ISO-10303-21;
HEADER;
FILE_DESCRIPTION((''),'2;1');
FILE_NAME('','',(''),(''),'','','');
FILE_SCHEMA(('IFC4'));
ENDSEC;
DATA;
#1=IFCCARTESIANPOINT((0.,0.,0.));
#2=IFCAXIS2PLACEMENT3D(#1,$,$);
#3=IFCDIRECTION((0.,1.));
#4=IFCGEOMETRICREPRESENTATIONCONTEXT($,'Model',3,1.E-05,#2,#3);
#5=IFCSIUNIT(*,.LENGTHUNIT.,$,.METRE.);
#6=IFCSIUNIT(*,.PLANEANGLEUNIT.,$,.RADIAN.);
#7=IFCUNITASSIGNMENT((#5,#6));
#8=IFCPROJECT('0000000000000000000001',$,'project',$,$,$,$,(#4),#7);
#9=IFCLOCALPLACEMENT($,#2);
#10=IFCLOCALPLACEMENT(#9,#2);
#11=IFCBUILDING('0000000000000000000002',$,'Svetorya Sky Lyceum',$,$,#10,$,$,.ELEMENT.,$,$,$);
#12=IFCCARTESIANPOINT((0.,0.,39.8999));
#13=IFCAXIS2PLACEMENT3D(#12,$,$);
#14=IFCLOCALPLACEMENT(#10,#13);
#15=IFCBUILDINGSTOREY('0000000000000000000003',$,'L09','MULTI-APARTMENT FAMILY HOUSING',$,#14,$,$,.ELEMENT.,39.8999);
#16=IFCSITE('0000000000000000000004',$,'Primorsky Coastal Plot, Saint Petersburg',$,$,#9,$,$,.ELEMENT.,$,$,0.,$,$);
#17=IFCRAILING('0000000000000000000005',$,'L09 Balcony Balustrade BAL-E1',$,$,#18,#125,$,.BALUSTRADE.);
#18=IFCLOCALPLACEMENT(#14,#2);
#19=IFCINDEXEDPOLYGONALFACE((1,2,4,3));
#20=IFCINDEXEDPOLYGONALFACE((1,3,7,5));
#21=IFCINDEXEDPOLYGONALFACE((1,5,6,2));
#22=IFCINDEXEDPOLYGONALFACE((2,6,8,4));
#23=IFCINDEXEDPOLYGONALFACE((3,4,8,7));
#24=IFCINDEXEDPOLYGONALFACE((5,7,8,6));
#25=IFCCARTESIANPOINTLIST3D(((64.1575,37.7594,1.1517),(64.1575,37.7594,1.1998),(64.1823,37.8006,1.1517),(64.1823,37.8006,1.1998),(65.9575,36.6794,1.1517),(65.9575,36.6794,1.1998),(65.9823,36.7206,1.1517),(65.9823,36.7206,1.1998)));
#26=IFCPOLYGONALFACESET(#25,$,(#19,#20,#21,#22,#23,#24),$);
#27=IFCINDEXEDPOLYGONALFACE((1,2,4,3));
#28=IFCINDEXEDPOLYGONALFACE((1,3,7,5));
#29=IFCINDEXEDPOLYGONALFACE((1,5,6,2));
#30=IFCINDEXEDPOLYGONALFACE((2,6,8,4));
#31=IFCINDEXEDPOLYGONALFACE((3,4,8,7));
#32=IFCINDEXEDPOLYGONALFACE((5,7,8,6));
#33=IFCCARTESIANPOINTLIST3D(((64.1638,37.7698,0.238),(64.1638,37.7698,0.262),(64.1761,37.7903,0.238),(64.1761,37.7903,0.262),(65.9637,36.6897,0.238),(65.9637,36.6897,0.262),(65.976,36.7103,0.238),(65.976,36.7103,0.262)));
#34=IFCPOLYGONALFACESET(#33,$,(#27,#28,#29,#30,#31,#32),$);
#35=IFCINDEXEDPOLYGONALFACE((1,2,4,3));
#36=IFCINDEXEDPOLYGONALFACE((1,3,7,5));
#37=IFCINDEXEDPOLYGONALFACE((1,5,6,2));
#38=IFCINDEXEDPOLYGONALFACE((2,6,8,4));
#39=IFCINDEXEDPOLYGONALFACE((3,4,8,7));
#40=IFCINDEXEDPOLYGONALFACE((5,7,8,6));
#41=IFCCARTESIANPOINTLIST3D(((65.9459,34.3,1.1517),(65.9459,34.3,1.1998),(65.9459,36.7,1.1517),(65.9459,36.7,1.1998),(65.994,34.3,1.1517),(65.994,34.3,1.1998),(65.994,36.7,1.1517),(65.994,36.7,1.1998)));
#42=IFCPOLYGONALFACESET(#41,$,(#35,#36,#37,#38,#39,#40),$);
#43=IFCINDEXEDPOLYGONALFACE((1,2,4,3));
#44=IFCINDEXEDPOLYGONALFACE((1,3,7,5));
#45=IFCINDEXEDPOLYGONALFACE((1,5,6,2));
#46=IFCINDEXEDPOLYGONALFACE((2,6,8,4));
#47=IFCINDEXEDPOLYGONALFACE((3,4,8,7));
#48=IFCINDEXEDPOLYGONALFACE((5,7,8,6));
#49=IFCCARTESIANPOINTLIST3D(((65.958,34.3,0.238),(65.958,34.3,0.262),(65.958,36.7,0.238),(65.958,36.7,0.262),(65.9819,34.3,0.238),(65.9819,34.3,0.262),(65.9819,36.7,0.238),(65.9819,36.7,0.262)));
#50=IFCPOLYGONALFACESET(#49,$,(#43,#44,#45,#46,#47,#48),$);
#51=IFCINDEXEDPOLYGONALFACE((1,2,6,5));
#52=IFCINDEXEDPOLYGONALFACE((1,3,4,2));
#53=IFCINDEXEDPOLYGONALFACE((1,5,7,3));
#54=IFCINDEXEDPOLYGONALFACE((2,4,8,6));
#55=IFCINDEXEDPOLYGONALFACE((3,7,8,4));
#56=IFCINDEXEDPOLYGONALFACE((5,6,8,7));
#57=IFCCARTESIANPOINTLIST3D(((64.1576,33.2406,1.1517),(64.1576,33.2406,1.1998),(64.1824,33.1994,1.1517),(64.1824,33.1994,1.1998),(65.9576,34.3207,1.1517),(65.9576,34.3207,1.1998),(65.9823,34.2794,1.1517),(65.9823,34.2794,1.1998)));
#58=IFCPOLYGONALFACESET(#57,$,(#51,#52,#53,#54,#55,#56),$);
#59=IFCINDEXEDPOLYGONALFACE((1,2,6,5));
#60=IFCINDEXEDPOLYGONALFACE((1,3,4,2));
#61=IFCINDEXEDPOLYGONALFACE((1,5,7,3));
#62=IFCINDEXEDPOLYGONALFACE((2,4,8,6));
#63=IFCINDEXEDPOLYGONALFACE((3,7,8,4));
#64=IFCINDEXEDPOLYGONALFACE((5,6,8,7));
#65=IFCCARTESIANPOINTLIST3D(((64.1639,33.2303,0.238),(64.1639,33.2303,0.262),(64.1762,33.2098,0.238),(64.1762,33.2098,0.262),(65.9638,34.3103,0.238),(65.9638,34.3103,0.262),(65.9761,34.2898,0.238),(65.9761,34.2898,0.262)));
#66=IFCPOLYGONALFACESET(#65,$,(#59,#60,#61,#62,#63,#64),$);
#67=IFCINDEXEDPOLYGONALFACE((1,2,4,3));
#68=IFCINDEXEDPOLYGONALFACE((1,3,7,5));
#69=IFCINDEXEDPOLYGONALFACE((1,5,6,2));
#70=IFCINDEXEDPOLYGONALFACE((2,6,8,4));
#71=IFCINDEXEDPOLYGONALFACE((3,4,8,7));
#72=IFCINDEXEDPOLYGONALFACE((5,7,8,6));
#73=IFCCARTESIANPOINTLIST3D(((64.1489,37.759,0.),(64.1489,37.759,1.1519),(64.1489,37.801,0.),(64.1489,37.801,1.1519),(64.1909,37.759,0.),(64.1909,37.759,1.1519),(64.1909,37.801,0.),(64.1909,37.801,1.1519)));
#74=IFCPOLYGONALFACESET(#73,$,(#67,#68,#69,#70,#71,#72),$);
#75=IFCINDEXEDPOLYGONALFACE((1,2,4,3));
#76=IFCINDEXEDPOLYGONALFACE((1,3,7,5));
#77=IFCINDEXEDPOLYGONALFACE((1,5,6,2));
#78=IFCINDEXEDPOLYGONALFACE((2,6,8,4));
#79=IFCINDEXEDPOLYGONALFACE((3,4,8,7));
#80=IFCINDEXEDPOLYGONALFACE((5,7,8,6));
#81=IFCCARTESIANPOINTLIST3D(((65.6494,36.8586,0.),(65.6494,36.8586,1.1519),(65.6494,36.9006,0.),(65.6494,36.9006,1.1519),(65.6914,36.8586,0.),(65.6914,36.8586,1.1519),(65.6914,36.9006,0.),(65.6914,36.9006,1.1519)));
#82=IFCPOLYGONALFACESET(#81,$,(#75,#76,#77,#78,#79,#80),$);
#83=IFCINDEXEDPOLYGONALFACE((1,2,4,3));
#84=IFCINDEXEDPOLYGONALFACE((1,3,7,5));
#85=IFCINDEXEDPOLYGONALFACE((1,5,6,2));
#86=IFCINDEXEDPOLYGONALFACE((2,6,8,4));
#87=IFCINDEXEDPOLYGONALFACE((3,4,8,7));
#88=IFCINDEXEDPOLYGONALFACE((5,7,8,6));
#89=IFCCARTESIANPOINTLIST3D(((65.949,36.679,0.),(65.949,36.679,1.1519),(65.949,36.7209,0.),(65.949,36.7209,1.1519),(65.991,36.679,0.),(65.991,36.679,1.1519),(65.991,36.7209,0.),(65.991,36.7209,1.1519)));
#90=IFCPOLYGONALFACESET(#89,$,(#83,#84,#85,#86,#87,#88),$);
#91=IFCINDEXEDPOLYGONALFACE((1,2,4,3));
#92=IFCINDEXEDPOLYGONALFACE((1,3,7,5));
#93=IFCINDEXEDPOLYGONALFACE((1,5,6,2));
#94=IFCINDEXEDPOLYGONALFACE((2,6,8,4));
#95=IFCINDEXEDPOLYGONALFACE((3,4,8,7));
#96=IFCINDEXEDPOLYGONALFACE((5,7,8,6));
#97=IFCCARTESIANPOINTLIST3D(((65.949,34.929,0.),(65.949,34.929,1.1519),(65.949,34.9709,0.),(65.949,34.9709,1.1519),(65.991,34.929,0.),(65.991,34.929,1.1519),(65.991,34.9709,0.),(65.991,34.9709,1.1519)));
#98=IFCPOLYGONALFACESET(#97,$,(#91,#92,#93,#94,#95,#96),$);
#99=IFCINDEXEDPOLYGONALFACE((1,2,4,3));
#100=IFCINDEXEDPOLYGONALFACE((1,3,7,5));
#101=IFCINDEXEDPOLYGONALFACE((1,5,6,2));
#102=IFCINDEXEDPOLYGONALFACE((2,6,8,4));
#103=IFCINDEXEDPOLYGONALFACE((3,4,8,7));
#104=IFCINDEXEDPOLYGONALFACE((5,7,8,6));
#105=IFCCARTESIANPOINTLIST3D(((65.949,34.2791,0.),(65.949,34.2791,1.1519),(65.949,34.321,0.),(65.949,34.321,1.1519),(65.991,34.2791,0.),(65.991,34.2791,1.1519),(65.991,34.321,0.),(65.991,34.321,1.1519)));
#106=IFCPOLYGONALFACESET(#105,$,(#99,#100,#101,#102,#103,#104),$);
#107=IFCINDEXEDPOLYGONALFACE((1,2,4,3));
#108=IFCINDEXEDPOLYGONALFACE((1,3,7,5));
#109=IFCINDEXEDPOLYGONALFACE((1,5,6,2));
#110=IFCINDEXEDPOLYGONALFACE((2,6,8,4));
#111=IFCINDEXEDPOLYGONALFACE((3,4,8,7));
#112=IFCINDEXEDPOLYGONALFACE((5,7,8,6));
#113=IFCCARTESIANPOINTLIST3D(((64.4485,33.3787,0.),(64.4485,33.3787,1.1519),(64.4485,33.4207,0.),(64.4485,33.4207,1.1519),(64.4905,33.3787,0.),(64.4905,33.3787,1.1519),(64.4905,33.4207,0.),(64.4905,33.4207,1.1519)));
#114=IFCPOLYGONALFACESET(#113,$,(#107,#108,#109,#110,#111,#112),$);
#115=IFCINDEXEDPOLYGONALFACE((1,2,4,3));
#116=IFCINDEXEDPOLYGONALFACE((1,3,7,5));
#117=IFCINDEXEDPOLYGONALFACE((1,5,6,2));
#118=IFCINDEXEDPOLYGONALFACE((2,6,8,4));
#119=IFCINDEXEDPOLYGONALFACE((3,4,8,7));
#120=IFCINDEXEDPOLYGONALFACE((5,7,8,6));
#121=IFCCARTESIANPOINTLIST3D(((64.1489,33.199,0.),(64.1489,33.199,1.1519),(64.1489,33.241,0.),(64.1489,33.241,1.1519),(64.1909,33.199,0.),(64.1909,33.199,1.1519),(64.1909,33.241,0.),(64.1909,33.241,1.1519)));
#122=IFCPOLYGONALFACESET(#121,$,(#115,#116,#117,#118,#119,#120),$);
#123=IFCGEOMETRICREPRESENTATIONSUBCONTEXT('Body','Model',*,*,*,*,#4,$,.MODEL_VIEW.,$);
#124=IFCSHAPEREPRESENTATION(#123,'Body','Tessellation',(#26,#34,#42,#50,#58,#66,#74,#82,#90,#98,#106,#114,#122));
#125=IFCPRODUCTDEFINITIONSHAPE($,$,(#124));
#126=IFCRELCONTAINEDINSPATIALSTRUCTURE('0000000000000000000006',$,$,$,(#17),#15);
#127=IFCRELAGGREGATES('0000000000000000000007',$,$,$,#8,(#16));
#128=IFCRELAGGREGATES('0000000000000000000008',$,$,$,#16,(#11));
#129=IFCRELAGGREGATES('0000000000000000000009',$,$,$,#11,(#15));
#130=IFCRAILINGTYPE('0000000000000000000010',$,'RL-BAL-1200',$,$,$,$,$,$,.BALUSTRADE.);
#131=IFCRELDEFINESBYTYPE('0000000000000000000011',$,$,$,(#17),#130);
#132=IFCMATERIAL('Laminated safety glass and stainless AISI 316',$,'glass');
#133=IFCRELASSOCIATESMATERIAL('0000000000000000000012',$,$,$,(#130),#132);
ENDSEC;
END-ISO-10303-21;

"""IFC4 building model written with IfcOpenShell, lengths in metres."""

from ifc_helpers import new_model, si_unit, direction, frame, origin, origin_2d, place, context, subcontext, project, spatial, rectangle, extrude, material, type_object, element, save


model = new_model("IFC4")

# Units and contexts
model_context = context("Model", 3, precision=1e-05, world=origin(), true_north=direction((0.0, 1.0)))
body_context = subcontext(model_context, "Body", "Model", "MODEL_VIEW")
ifc_project = project(units=[si_unit("LENGTHUNIT", "METRE"), si_unit("PLANEANGLEUNIT", "RADIAN")], contexts=[model_context])

# Site, building, storey
site_placement = place(None, origin())
site = spatial("IfcSite", under=ifc_project, at=site_placement, Name="Primorsky Coastal Plot, Saint Petersburg", CompositionType="ELEMENT", RefElevation=0.0)
building_placement = place(site_placement, origin())
building = spatial("IfcBuilding", under=site, at=building_placement, Name="Svetorya Sky Lyceum", CompositionType="ELEMENT")
storey_placement = place(building_placement, frame((0.0, 0.0, 39.8999)))
storey = spatial("IfcBuildingStorey", under=building, at=storey_placement, Name="L09", Description="MULTI-APARTMENT FAMILY HOUSING", CompositionType="ELEMENT", Elevation=39.8999)

# Railing
ifc_material_1 = material(Name="Laminated safety glass and stainless AISI 316", Category="glass")
railing_type = type_object("IfcRailingType", Name="RL-BAL-1200", PredefinedType="BALUSTRADE", material=ifc_material_1)
railing_placement = place(storey_placement, frame((64.1699, 37.78, 0.0)))
element("IfcRailing", 1, at=railing_placement, inside=storey, type_object=railing_type, Name="L09 Balcony Balustrade BAL-E1", PredefinedType="BALUSTRADE", context=body_context, shape_type="SweptSolid", body=[
    extrude(rectangle(XDim=0.0481, YDim=0.0481, at=origin_2d()), frame((0.0, 0.0, 1.1758), z_axis=(0.857483, -0.514513, 0.0), x_axis=(0.514513, 0.857483, 0.0)), (0.0, 0.0, 1.0), 2.0991),
    extrude(rectangle(XDim=0.0239, YDim=0.0239, at=origin_2d()), frame((0.0, 0.0, 0.25), z_axis=(0.857483, -0.514513, 0.0), x_axis=(0.514513, 0.857483, 0.0)), (0.0, 0.0, 1.0), 2.0991),
    extrude(rectangle(XDim=0.0481, YDim=0.0481, at=origin_2d()), frame((1.8, -1.0801, 1.1758), z_axis=(0.0, -1.0, 0.0), x_axis=(1.0, 0.0, 0.0)), (0.0, 0.0, 1.0), 2.3999),
    extrude(rectangle(XDim=0.0239, YDim=0.0239, at=origin_2d()), frame((1.8, -1.0801, 0.25), z_axis=(0.0, -1.0, 0.0), x_axis=(1.0, 0.0, 0.0)), (0.0, 0.0, 1.0), 2.3999),
    extrude(rectangle(XDim=0.0481, YDim=0.0481, at=origin_2d()), frame((1.8, -3.48, 1.1758), z_axis=(-0.857483, -0.514513, 0.0), x_axis=(0.514513, -0.857483, 0.0)), (0.0, 0.0, 1.0), 2.0991),
    extrude(rectangle(XDim=0.0239, YDim=0.0239, at=origin_2d()), frame((1.8, -3.48, 0.25), z_axis=(-0.857483, -0.514513, 0.0), x_axis=(0.514513, -0.857483, 0.0)), (0.0, 0.0, 1.0), 2.0991),
    extrude(rectangle(XDim=0.042, YDim=0.042, at=origin_2d()), origin(), (0.0, 0.0, 1.0), 1.1519),
    extrude(rectangle(XDim=0.042, YDim=0.042, at=origin_2d()), frame((1.5005, -0.9004, 0.0)), (0.0, 0.0, 1.0), 1.1519),
    extrude(rectangle(XDim=0.042, YDim=0.042, at=origin_2d()), frame((1.8, -1.0801, 0.0)), (0.0, 0.0, 1.0), 1.1519),
    extrude(rectangle(XDim=0.042, YDim=0.042, at=origin_2d()), frame((1.8, -2.8301, 0.0)), (0.0, 0.0, 1.0), 1.1519),
    extrude(rectangle(XDim=0.042, YDim=0.042, at=origin_2d()), frame((1.8, -3.48, 0.0)), (0.0, 0.0, 1.0), 1.1519),
    extrude(rectangle(XDim=0.042, YDim=0.042, at=origin_2d()), frame((0.2996, -4.3804, 0.0)), (0.0, 0.0, 1.0), 1.1519),
    extrude(rectangle(XDim=0.042, YDim=0.042, at=origin_2d()), frame((0.0, -4.5601, 0.0)), (0.0, 0.0, 1.0), 1.1519),
])

save(model, "model.ifc")
